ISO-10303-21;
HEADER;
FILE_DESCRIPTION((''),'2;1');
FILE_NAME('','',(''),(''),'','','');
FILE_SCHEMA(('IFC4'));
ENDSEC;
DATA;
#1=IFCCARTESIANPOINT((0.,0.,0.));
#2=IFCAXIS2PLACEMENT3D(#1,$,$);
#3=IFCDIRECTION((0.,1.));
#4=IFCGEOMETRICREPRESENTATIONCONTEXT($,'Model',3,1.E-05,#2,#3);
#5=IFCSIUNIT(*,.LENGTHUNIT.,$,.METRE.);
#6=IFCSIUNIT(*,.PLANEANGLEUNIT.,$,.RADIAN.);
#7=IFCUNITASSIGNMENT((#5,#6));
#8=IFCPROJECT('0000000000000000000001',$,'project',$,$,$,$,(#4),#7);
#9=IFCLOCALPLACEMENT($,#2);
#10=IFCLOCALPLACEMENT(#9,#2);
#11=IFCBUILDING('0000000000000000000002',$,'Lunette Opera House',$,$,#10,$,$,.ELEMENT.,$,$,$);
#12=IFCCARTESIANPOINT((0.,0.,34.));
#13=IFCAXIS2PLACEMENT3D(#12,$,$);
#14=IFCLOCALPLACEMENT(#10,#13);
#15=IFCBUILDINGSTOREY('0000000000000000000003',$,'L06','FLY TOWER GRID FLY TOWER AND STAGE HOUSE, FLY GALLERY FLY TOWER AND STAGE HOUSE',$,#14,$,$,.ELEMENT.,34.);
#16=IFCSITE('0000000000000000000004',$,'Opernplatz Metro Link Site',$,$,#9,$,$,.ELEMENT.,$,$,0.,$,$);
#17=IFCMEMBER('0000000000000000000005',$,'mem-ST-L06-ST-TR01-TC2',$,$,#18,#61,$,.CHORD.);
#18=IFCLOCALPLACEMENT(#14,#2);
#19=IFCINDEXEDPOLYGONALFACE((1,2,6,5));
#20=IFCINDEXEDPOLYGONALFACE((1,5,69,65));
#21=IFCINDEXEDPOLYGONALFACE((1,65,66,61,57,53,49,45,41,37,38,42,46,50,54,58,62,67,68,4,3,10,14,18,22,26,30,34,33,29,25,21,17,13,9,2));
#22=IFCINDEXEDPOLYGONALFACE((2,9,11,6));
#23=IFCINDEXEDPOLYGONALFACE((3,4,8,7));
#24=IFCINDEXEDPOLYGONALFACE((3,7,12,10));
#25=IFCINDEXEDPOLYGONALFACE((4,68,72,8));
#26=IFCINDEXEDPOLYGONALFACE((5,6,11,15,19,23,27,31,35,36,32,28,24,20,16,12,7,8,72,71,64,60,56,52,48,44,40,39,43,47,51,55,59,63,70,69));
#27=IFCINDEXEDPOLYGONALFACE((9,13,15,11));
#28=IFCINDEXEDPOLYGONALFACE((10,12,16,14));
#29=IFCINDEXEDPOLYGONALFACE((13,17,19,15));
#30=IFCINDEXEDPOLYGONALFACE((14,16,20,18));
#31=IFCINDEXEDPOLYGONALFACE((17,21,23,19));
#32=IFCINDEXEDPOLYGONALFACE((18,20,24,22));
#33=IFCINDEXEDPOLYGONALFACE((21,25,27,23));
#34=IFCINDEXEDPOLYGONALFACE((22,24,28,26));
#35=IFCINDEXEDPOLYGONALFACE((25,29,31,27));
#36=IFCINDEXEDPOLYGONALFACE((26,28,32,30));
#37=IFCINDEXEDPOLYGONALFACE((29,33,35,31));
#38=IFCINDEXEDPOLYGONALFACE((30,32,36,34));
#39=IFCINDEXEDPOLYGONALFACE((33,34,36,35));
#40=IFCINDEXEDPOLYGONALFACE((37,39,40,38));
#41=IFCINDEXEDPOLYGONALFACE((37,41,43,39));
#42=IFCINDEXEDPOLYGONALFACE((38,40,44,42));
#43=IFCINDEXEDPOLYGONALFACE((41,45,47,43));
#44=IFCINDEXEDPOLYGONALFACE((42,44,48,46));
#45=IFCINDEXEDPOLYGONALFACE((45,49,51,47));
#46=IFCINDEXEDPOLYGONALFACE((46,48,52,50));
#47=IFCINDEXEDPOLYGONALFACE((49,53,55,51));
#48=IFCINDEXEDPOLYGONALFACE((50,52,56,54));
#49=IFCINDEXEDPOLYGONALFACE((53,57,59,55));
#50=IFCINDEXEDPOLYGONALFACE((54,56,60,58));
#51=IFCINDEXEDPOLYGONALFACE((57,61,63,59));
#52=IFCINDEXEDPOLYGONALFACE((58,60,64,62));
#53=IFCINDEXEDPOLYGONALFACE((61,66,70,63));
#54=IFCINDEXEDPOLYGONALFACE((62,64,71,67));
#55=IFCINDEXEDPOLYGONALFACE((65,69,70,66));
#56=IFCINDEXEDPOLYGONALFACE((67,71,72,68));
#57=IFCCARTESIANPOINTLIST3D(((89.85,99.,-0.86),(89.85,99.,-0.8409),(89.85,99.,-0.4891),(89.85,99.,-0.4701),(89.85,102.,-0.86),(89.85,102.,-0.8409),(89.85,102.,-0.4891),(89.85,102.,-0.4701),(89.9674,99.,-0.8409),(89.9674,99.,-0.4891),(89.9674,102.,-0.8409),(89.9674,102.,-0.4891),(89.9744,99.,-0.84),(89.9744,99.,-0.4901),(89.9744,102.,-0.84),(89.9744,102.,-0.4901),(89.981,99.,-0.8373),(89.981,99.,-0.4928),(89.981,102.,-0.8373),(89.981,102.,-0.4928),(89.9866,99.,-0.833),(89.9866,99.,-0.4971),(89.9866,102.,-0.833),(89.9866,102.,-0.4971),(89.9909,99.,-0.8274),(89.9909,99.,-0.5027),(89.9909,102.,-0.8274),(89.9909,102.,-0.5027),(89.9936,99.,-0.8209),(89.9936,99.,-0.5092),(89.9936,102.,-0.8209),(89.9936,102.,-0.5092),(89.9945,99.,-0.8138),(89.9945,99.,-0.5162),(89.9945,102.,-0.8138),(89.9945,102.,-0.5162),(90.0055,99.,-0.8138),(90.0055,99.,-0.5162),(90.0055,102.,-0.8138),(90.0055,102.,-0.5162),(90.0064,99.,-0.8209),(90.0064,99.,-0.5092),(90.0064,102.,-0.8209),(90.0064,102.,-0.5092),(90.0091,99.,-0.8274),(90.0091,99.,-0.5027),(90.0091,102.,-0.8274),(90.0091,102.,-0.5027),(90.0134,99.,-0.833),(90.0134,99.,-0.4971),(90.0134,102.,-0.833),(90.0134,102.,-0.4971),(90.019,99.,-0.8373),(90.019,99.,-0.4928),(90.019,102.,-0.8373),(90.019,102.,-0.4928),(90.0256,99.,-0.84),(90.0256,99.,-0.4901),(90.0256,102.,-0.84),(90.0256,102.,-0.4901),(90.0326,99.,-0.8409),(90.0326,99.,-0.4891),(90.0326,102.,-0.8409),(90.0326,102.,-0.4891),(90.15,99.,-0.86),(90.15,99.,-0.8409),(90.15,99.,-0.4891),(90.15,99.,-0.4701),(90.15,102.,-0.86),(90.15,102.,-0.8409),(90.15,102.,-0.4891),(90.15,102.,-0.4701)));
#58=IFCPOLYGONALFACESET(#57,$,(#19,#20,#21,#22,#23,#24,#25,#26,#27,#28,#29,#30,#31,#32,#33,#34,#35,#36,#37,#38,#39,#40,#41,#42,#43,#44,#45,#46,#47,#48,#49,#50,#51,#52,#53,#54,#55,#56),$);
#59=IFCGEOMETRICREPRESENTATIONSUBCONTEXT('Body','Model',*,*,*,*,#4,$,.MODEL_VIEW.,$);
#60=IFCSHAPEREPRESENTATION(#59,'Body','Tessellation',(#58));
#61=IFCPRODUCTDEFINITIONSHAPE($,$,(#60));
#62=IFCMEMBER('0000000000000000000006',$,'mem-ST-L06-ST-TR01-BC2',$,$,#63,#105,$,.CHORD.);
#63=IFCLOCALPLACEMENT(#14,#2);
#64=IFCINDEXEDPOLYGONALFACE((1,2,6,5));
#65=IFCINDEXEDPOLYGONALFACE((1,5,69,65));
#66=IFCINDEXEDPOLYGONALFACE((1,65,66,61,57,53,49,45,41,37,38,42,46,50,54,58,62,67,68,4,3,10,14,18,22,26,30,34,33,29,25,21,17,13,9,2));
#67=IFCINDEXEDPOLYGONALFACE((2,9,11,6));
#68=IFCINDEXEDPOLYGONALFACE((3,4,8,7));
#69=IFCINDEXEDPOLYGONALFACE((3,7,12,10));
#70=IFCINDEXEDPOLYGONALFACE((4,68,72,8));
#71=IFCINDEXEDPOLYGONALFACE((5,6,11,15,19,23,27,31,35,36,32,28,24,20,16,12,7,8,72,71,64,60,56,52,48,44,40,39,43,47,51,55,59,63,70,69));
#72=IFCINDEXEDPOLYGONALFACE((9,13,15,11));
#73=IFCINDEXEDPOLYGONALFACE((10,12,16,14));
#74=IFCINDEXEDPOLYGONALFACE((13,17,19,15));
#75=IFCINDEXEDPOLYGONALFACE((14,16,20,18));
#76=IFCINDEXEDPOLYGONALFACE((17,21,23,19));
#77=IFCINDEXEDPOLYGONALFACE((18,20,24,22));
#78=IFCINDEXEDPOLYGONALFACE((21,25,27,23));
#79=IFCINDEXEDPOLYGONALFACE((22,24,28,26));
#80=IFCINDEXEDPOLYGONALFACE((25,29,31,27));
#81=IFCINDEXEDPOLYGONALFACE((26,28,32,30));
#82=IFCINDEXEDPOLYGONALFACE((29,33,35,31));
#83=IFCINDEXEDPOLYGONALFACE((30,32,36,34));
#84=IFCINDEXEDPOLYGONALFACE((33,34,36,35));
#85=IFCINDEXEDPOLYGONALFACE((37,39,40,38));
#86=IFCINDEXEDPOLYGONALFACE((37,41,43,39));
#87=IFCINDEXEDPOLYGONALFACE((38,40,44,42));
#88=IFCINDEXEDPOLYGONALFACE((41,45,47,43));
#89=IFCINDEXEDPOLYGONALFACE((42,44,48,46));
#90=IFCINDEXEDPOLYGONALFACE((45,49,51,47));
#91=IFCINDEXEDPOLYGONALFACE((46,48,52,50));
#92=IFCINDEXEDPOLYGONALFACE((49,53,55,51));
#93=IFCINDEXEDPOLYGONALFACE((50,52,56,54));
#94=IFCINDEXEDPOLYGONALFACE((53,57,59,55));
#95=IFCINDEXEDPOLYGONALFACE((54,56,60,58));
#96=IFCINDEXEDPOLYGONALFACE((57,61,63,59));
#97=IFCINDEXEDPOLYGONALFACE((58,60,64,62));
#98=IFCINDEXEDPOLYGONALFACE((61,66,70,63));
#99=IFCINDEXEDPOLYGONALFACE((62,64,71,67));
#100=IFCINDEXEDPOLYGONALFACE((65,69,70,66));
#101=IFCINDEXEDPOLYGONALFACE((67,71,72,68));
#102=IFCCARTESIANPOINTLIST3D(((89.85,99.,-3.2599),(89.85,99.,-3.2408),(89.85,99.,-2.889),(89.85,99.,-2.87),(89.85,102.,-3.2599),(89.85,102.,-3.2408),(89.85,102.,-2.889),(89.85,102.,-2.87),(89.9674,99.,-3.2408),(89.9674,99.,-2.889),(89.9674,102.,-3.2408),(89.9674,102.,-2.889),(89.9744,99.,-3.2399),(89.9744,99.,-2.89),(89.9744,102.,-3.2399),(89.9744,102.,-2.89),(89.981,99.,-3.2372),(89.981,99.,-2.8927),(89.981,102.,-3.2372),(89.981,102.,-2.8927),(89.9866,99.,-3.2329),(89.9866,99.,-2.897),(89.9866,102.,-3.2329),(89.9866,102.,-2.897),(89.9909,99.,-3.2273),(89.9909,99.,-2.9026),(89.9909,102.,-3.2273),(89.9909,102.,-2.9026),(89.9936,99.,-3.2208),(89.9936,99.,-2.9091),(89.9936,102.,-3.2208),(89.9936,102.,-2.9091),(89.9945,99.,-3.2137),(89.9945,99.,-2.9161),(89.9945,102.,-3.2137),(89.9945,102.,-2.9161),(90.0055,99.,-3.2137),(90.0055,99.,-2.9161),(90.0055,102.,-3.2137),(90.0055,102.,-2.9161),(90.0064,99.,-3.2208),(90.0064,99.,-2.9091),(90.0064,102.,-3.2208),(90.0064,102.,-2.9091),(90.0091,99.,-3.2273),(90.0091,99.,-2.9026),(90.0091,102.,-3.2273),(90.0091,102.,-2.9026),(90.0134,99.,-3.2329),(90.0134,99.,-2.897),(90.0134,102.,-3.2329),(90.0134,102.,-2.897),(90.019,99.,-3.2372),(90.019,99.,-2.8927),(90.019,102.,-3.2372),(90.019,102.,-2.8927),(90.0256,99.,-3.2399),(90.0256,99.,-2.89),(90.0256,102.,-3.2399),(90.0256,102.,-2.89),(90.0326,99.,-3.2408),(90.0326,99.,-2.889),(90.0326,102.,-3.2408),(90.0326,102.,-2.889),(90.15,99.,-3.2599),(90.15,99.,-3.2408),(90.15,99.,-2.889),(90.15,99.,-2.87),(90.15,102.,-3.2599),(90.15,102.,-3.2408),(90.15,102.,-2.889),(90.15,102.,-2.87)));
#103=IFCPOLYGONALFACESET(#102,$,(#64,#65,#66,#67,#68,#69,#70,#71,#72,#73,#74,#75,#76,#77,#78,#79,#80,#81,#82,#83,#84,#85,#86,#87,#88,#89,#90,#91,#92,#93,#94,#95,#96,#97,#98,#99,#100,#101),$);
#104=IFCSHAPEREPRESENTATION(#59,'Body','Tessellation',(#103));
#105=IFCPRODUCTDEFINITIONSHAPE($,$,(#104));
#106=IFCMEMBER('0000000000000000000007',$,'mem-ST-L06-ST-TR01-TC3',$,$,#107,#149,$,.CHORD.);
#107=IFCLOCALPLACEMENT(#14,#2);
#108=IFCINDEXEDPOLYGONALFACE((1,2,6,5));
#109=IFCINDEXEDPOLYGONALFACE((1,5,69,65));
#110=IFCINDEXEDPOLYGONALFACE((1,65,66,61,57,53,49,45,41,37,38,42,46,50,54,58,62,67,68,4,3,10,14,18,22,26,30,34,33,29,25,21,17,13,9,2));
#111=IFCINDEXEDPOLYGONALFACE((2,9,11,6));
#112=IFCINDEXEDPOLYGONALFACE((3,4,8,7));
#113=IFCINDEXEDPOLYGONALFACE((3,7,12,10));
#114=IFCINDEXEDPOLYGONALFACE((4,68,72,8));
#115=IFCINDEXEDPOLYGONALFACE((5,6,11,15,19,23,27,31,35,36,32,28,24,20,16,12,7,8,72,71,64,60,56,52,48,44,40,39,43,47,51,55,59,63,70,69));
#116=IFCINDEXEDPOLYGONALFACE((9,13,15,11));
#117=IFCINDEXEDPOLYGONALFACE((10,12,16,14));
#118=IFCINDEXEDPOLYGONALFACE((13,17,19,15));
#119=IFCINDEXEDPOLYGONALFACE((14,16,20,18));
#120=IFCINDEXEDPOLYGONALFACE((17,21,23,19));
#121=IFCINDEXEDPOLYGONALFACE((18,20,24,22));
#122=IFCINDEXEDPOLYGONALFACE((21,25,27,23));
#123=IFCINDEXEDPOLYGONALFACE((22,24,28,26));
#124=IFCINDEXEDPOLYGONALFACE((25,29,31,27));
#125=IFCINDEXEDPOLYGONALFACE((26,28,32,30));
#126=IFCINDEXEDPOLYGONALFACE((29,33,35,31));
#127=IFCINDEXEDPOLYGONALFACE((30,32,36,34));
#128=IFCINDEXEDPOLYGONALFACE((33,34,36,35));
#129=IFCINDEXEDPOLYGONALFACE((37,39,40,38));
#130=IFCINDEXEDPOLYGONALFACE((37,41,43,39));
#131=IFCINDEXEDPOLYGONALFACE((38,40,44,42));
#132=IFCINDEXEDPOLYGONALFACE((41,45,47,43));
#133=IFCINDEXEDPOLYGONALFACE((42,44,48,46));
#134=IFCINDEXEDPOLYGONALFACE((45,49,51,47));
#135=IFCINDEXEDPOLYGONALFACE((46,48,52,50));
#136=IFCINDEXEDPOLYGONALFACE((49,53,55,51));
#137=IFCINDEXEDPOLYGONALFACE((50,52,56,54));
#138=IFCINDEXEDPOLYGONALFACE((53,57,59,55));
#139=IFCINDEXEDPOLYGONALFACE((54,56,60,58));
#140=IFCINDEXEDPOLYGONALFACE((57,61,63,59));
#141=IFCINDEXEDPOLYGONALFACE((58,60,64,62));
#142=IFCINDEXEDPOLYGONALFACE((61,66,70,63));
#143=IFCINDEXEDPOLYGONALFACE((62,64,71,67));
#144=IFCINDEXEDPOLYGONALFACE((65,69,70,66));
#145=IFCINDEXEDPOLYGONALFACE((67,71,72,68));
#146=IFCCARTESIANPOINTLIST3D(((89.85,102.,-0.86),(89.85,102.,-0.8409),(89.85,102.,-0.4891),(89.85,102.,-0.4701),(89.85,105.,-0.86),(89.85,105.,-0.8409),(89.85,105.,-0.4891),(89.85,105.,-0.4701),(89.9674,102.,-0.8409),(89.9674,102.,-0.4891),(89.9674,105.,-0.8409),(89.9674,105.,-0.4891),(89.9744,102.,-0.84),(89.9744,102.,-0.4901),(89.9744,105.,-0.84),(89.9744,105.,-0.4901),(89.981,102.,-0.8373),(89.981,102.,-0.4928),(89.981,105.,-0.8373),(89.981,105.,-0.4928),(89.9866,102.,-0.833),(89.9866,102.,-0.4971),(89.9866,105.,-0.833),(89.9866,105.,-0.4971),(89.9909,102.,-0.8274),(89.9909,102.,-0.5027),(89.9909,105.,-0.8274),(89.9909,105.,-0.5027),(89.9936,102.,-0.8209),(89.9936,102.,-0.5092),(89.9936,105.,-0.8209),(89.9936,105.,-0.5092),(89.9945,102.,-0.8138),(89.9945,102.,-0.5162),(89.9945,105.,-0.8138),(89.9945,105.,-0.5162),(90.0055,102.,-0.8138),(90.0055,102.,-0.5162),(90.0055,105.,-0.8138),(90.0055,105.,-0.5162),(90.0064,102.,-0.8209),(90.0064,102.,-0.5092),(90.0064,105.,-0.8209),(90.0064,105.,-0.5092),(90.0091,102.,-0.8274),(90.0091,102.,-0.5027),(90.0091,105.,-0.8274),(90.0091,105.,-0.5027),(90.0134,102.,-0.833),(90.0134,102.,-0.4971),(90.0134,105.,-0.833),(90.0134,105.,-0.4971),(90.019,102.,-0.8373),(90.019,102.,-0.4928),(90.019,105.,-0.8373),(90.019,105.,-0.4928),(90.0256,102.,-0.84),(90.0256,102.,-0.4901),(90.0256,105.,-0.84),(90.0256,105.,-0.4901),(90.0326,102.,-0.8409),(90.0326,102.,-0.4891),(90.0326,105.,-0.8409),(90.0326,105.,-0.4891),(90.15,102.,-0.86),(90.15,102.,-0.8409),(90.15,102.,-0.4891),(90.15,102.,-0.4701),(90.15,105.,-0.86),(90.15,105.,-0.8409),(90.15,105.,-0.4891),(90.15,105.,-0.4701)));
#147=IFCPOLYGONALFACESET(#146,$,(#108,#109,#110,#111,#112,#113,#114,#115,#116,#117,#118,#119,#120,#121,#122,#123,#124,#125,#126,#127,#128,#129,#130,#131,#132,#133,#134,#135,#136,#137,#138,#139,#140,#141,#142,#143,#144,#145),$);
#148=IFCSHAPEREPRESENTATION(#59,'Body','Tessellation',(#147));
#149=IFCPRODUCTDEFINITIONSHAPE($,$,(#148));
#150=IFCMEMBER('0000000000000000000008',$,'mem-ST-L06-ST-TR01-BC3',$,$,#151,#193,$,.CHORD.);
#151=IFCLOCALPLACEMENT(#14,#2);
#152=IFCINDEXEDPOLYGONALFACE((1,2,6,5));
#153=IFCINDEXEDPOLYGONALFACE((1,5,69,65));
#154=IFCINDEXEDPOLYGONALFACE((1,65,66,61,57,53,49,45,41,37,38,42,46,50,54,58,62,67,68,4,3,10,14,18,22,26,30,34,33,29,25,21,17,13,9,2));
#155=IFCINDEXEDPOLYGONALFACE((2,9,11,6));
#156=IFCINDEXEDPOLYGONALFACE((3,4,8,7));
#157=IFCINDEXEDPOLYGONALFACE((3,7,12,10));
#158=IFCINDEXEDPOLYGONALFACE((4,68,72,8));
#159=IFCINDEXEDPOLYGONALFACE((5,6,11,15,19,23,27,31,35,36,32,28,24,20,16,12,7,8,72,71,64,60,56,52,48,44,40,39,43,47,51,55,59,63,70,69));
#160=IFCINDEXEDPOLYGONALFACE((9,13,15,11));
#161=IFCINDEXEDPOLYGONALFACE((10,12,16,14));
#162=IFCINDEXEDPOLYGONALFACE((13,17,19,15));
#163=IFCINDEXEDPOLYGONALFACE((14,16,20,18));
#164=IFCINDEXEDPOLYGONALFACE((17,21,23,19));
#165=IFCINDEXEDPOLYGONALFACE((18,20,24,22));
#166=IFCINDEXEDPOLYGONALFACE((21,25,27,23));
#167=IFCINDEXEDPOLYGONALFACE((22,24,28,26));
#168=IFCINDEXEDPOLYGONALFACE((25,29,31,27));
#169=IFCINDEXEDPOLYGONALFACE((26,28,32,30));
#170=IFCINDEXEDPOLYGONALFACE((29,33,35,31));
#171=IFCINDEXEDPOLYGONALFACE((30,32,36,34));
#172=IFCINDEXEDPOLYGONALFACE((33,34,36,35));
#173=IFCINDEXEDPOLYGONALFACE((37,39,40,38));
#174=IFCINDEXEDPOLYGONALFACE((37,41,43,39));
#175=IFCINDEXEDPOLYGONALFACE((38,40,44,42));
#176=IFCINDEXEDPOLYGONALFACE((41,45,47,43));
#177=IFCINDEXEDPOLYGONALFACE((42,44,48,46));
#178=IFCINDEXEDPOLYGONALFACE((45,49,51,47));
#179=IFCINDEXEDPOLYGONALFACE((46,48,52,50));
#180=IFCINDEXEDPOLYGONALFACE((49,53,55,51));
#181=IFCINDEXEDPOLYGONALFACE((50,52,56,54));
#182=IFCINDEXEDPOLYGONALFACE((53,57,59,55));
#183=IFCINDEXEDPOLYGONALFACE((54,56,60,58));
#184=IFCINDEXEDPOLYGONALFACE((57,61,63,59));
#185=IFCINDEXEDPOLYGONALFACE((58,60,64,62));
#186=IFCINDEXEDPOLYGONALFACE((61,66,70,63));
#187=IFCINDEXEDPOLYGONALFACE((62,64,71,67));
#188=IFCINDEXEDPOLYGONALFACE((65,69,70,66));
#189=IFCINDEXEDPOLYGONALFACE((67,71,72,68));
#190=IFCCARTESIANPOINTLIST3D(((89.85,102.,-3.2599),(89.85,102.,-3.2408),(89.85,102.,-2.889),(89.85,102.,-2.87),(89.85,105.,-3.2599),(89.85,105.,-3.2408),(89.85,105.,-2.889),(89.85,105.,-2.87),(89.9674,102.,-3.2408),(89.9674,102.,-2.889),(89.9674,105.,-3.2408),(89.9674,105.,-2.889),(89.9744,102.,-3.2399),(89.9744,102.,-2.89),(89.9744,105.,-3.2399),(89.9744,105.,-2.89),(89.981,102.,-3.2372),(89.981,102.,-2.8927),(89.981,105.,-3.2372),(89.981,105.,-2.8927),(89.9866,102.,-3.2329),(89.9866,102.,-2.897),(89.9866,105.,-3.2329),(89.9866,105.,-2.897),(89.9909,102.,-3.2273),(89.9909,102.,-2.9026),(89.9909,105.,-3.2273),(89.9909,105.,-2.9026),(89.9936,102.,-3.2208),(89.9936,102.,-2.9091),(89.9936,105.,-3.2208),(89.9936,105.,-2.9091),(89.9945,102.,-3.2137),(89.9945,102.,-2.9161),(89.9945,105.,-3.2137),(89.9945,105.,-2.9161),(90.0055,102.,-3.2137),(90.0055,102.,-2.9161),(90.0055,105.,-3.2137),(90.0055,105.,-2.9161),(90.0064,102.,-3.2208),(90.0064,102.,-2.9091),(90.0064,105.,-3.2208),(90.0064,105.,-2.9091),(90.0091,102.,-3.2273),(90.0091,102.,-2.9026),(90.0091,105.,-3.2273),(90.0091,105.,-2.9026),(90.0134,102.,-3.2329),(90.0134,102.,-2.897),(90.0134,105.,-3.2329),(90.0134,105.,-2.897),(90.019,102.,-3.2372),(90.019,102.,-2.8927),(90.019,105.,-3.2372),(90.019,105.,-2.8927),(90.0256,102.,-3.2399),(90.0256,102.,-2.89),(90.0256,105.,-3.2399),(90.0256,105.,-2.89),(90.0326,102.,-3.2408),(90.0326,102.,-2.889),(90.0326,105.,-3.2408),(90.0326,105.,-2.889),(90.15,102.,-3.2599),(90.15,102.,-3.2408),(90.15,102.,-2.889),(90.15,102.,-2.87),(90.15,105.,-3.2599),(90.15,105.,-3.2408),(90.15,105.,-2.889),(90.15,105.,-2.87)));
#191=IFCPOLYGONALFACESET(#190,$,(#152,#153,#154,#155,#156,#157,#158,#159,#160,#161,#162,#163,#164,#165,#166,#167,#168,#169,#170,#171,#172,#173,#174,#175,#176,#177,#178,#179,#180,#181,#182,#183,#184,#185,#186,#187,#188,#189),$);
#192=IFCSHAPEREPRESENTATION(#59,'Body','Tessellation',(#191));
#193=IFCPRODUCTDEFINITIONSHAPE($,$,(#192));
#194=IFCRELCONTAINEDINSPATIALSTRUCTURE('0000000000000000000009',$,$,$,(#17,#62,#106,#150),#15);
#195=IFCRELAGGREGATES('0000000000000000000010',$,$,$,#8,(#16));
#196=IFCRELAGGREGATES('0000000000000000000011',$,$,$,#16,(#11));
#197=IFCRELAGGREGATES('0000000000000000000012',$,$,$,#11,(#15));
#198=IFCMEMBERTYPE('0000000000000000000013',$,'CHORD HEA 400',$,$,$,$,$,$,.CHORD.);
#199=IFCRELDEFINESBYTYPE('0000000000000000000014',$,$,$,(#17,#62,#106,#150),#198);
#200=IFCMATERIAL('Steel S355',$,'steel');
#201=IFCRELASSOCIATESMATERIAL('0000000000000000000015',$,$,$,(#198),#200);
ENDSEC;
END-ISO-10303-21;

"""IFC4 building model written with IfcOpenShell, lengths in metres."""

from ifc_helpers import new_model, si_unit, direction, frame, origin, origin_2d, place, context, subcontext, project, spatial, i_section, extrude, material, material_profile, profile_set, type_object, element, save


model = new_model("IFC4")

# Units and contexts
model_context = context("Model", 3, precision=1e-05, world=origin(), true_north=direction((0.0, 1.0)))
body_context = subcontext(model_context, "Body", "Model", "MODEL_VIEW")
ifc_project = project(units=[si_unit("LENGTHUNIT", "METRE"), si_unit("PLANEANGLEUNIT", "RADIAN")], contexts=[model_context])

# Site, building, storey
site_placement = place(None, origin())
site = spatial("IfcSite", under=ifc_project, at=site_placement, Name="Opernplatz Metro Link Site", CompositionType="ELEMENT", RefElevation=0.0)
building_placement = place(site_placement, origin())
building = spatial("IfcBuilding", under=site, at=building_placement, Name="Lunette Opera House", CompositionType="ELEMENT")
storey_placement = place(building_placement, frame((0.0, 0.0, 34.0)))
storey = spatial("IfcBuildingStorey", under=building, at=storey_placement, Name="L06", Description="FLY TOWER GRID FLY TOWER AND STAGE HOUSE, FLY GALLERY FLY TOWER AND STAGE HOUSE", CompositionType="ELEMENT", Elevation=34.0)

# Members
ifc_material_1 = material(Name="Steel S355", Category="steel")
ifc_material_profile_1 = material_profile(ifc_material_1, i_section(OverallWidth=0.3, OverallDepth=0.3899, WebThickness=0.011, FlangeThickness=0.019, FilletRadius=0.0271, at=origin_2d()), Name="HEA 400")
ifc_profile_set_1 = profile_set([ifc_material_profile_1], Name="Steel S355")
member_type_1 = type_object("IfcMemberType", Name="CHORD HEA 400", PredefinedType="CHORD", material=ifc_profile_set_1)
for number, where, z_axis, x_axis, name in (
    (1, (90.0, 99.0, -0.665), (0.0, 1.0, 0.0), (-1.0, 0.0, 0.0), "mem-ST-L06-ST-TR01-TC2"),
    (2, (90.0, 99.0, -3.0649), (0.0, 1.0, 0.0), (-1.0, 0.0, 0.0), "mem-ST-L06-ST-TR01-BC2"),
    (3, (90.0, 102.0, -0.665), (0.0, 1.0, 0.0), (-1.0, 0.0, 0.0), "mem-ST-L06-ST-TR01-TC3"),
    (4, (90.0, 102.0, -3.0649), (0.0, 1.0, 0.0), (-1.0, 0.0, 0.0), "mem-ST-L06-ST-TR01-BC3"),
):
    element("IfcMember", number, at=place(storey_placement, frame(where, z_axis=z_axis, x_axis=x_axis)), inside=storey, type_object=member_type_1, Name=name, PredefinedType="CHORD", context=body_context, shape_type="SweptSolid", body=[
        extrude(i_section(OverallWidth=0.3, OverallDepth=0.3899, WebThickness=0.011, FlangeThickness=0.019, FilletRadius=0.0271, at=origin_2d()), origin(), (0.0, 0.0, 1.0), 3.0),
    ])

save(model, "model.ifc")
